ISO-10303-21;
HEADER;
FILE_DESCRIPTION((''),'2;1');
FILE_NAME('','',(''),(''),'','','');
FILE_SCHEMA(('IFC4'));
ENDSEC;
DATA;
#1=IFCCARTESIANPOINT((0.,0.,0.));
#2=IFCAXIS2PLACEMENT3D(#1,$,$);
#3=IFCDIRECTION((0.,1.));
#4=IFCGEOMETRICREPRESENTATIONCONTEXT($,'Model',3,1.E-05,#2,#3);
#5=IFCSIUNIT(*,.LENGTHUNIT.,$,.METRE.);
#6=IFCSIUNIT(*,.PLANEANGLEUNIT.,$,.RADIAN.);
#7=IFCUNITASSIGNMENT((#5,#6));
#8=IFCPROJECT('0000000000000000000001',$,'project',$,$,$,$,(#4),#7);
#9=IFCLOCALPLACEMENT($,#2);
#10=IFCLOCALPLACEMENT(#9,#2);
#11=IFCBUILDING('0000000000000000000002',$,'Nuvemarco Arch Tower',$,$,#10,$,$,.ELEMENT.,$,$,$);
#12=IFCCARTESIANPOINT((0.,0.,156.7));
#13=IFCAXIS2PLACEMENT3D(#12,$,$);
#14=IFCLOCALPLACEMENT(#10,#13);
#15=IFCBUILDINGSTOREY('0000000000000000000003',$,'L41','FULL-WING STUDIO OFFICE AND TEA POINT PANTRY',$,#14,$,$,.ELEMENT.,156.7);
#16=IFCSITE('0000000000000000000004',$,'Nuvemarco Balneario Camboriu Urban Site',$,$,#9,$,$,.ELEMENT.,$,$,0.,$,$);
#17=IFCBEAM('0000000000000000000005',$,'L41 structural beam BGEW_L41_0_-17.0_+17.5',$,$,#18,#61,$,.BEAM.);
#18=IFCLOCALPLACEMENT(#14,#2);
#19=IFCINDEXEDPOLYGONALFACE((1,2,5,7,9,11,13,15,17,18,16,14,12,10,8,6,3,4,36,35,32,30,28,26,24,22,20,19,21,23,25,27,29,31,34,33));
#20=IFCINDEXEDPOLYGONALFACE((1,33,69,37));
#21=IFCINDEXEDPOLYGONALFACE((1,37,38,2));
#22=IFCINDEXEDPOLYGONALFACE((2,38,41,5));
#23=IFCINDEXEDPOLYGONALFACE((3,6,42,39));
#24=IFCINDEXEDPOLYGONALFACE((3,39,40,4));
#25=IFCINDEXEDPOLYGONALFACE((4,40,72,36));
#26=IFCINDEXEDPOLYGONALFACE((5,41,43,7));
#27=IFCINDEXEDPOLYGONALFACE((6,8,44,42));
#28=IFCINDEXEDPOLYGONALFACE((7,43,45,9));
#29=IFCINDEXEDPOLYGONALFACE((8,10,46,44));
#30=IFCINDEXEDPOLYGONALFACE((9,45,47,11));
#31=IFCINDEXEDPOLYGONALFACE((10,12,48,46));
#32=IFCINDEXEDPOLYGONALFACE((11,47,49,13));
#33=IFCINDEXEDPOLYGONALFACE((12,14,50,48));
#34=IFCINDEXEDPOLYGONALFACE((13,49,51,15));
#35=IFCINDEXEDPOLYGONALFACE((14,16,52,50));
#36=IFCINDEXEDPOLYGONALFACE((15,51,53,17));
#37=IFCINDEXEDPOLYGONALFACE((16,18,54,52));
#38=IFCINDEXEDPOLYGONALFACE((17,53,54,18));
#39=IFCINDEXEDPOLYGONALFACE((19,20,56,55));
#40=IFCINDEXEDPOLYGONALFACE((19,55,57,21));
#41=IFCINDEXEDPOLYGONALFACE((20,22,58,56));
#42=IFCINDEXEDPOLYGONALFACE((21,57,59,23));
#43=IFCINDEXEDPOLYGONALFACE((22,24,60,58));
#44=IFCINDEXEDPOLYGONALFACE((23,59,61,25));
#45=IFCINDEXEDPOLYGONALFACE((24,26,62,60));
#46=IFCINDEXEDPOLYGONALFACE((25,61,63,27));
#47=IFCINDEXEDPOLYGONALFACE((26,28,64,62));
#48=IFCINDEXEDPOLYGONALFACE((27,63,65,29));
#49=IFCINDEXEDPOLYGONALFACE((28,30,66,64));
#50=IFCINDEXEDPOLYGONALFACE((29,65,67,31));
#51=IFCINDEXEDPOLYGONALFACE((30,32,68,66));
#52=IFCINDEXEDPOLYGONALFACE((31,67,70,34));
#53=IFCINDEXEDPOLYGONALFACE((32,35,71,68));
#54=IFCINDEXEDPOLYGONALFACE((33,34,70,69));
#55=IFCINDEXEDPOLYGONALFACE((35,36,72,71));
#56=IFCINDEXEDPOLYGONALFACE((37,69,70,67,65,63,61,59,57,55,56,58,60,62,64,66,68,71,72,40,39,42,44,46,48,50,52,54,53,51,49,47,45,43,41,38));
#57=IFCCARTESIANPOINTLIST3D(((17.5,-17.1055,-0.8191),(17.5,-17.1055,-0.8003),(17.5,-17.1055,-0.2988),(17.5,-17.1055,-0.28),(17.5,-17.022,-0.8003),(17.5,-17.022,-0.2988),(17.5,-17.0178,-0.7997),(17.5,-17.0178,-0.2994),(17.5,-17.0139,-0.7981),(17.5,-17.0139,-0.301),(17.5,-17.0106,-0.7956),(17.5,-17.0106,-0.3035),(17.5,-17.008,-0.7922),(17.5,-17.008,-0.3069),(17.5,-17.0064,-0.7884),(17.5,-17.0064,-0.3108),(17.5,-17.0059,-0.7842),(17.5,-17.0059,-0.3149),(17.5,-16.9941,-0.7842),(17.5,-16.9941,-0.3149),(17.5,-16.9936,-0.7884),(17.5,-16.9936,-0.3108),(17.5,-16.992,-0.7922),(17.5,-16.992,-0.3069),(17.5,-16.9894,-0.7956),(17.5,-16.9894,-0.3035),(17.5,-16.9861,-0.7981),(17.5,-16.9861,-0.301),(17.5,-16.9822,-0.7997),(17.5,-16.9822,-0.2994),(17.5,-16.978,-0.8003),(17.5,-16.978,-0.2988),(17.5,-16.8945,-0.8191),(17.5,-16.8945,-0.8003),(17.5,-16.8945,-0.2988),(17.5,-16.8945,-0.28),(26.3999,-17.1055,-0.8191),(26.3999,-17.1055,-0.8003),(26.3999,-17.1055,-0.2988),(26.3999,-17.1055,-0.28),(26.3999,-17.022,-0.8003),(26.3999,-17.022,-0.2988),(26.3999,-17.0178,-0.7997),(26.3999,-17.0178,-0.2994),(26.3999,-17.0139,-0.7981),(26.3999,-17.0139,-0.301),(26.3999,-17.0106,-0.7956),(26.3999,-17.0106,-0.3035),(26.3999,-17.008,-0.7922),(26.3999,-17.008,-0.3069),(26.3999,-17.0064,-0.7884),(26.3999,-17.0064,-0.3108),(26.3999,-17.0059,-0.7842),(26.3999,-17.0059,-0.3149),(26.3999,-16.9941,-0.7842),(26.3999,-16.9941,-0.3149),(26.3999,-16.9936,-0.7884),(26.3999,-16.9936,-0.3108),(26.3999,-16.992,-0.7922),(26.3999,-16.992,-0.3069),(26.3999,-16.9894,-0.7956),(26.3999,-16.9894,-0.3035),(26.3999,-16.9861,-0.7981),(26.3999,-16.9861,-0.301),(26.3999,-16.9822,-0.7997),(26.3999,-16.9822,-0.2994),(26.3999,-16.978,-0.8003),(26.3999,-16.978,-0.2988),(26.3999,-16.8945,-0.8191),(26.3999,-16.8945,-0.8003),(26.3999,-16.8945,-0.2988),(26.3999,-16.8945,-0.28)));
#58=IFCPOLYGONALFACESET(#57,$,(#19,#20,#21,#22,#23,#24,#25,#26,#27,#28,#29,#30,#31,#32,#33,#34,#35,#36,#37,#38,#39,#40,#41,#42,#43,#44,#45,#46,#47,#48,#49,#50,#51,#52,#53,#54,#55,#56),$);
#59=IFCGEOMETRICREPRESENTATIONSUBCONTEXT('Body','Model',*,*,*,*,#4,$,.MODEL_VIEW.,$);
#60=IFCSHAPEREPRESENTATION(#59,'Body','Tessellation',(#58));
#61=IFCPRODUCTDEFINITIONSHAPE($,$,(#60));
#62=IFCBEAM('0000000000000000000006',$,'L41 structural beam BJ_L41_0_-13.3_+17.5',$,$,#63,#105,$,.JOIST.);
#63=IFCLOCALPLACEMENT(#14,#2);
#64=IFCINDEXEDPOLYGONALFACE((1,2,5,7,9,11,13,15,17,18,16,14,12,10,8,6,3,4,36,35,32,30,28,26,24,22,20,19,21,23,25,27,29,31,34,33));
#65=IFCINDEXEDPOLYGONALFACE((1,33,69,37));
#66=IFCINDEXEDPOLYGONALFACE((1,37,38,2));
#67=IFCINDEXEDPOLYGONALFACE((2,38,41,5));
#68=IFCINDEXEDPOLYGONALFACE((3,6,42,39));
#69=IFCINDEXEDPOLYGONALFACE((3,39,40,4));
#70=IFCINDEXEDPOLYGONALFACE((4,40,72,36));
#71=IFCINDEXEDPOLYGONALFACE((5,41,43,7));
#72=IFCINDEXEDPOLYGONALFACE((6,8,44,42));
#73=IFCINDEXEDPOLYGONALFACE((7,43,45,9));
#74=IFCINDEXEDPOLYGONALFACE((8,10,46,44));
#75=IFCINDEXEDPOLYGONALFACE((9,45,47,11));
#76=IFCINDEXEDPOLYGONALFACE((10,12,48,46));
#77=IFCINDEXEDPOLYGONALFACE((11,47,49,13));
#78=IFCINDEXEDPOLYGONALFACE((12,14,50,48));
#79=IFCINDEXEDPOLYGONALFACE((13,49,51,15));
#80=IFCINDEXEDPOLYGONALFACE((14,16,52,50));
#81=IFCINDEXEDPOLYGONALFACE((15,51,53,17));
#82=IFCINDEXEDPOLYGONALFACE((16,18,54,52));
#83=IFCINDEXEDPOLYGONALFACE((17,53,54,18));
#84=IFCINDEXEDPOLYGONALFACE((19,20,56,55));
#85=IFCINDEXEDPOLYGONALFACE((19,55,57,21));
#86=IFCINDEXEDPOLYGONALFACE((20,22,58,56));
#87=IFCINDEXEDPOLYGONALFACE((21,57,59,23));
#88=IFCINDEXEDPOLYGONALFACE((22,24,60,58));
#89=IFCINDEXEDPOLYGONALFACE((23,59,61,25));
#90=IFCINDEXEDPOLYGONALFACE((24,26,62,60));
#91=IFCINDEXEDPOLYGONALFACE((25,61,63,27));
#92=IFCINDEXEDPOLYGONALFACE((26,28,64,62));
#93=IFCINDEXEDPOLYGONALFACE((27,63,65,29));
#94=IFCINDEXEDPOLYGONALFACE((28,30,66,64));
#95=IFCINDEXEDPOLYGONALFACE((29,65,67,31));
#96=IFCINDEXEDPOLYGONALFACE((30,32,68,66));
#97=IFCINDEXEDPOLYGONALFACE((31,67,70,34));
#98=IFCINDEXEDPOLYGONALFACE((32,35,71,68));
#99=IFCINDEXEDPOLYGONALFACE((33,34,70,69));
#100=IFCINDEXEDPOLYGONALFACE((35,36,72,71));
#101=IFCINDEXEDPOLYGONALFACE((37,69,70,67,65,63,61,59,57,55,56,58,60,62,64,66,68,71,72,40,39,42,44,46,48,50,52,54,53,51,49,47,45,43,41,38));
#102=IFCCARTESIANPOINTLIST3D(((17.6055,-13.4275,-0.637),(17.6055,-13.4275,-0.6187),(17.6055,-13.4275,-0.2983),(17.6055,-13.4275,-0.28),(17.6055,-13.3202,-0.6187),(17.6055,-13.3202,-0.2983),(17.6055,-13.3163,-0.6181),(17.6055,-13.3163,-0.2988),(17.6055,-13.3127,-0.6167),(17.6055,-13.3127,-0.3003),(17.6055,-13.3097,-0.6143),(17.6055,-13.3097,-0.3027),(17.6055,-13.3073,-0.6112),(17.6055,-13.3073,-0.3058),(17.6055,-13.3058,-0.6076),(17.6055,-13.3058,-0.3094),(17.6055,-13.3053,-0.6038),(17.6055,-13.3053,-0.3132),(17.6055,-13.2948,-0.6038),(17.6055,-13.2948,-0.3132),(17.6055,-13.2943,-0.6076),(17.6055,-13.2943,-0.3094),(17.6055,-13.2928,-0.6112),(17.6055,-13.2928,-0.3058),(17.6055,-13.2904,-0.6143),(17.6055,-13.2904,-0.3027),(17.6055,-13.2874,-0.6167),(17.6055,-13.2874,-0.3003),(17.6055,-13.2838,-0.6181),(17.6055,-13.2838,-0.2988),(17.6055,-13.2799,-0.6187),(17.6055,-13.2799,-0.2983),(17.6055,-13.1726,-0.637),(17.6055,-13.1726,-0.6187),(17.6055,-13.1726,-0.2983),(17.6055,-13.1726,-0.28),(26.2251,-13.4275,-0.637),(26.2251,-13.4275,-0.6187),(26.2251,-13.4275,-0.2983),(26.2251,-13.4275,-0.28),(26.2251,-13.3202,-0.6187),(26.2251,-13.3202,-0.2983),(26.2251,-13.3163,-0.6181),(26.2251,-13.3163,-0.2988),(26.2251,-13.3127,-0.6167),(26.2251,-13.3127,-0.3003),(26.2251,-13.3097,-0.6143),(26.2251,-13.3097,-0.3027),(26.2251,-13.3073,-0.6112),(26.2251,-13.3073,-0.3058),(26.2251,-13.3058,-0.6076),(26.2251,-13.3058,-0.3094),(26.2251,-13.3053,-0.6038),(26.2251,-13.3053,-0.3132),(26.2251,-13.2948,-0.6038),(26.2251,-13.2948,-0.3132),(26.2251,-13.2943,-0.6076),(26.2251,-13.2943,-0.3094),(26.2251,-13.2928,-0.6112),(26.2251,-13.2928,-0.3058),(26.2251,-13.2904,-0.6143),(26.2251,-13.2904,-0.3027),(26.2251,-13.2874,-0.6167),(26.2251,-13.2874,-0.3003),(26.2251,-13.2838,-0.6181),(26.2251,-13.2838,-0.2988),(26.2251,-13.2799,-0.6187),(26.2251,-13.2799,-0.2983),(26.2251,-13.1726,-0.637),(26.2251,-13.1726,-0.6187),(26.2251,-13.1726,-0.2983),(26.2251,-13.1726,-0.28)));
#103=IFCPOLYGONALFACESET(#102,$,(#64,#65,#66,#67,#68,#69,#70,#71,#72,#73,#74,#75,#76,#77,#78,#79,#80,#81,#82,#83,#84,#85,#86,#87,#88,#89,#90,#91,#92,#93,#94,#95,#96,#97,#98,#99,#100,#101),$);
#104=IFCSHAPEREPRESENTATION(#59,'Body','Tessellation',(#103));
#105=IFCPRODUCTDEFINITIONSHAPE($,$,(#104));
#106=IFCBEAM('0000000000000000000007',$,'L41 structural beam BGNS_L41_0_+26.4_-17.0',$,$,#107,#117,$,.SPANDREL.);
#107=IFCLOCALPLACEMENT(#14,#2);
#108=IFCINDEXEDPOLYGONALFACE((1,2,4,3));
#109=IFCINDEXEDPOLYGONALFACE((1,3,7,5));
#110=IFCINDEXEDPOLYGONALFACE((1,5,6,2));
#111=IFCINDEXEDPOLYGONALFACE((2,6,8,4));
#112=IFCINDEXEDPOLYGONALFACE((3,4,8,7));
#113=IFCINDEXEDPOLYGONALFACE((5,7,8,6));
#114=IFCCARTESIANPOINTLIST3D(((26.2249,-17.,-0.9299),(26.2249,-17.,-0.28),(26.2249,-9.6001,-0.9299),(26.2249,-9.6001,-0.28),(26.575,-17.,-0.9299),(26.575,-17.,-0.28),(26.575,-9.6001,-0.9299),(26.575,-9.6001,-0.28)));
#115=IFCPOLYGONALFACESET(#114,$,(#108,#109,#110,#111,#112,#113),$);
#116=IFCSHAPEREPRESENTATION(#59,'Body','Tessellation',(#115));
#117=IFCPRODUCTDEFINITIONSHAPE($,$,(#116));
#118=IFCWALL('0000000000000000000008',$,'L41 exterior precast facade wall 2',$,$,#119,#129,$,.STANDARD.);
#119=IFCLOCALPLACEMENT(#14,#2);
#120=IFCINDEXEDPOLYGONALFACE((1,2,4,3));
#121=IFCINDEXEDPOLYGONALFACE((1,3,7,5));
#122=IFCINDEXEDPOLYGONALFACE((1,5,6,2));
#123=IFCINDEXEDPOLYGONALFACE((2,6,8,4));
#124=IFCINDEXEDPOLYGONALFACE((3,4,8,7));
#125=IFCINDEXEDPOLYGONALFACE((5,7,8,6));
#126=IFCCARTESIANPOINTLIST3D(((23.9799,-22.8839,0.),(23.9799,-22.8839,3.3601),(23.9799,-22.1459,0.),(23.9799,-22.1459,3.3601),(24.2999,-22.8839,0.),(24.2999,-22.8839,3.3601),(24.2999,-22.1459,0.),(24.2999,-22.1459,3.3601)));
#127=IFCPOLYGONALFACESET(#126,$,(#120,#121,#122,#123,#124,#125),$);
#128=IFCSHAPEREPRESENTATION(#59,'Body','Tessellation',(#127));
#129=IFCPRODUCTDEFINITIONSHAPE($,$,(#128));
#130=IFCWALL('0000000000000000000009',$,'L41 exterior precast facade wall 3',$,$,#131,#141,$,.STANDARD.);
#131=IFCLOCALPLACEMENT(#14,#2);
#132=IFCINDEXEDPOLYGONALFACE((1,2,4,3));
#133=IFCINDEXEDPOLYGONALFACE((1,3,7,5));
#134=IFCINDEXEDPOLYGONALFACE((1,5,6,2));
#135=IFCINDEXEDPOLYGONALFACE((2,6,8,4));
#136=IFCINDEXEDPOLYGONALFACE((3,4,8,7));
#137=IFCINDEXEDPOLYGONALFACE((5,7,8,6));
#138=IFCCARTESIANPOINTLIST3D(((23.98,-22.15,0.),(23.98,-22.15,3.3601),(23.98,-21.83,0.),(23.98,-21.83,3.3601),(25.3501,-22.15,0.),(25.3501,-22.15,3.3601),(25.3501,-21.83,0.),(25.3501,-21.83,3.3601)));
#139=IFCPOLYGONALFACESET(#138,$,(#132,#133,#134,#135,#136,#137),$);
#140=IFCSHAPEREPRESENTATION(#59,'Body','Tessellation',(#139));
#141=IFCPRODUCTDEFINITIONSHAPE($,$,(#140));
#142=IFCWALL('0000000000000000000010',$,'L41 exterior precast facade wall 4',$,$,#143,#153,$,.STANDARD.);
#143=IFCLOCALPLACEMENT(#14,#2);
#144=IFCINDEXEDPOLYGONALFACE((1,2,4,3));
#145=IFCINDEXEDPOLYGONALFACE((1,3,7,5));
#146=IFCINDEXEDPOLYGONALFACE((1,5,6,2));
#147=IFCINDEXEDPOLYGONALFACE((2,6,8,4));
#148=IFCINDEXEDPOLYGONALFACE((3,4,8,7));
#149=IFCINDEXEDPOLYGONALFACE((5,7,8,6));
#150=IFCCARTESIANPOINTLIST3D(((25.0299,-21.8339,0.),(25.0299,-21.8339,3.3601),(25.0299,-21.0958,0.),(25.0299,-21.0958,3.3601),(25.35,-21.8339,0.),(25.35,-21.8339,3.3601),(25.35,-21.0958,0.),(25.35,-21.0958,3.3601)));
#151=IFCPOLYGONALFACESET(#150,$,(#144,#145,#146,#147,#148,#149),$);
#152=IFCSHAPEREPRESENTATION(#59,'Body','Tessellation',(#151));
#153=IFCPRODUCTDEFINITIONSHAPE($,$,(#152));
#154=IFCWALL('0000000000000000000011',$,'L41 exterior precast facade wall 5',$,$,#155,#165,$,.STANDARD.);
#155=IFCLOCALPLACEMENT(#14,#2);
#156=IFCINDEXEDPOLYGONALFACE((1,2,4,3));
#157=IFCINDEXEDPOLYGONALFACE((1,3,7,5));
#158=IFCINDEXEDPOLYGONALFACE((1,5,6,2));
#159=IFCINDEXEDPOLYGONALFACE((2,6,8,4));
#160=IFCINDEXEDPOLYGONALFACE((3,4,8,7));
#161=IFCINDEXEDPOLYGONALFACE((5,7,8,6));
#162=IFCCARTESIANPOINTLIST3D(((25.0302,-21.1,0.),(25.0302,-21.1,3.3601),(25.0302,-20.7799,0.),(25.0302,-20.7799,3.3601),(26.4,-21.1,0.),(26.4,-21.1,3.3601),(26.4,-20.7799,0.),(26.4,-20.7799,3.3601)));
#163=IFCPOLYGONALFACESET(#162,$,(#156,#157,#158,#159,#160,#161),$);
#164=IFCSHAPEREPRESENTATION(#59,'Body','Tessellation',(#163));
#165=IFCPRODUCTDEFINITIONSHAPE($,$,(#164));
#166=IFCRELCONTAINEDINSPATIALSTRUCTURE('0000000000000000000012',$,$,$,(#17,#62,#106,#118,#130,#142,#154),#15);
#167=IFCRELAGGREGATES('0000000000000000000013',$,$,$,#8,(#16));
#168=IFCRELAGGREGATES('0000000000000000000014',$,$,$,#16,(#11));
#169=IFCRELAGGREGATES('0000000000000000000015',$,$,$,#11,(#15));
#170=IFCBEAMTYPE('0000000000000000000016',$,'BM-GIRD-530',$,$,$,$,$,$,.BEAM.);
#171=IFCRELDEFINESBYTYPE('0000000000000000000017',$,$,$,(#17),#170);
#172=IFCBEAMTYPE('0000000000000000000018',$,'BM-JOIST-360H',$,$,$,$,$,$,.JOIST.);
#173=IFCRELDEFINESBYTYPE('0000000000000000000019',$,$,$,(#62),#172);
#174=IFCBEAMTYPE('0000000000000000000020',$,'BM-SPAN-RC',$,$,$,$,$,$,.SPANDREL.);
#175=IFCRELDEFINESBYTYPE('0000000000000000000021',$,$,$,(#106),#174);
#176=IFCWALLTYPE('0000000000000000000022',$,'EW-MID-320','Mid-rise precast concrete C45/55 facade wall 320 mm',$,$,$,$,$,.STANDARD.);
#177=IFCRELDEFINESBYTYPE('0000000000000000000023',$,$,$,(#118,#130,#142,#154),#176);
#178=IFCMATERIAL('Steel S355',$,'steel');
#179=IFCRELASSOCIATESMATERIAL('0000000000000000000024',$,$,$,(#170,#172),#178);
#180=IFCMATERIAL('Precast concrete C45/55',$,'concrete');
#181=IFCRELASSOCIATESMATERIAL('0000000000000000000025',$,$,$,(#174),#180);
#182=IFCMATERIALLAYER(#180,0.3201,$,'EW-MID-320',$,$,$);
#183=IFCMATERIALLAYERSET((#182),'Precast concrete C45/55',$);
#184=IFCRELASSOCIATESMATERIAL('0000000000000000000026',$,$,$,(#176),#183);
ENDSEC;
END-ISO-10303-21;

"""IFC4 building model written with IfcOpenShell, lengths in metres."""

from ifc_helpers import new_model, si_unit, direction, frame, frame_2d, origin, origin_2d, place, context, subcontext, project, spatial, rectangle, i_section, extrude, material, layer, layer_set, material_profile, profile_set, type_object, element, save


model = new_model("IFC4")

# Units and contexts
model_context = context("Model", 3, precision=1e-05, world=origin(), true_north=direction((0.0, 1.0)))
body_context = subcontext(model_context, "Body", "Model", "MODEL_VIEW")
ifc_project = project(units=[si_unit("LENGTHUNIT", "METRE"), si_unit("PLANEANGLEUNIT", "RADIAN")], contexts=[model_context])

# Site, building, storey
site_placement = place(None, origin())
site = spatial("IfcSite", under=ifc_project, at=site_placement, Name="Nuvemarco Balneario Camboriu Urban Site", CompositionType="ELEMENT", RefElevation=0.0)
building_placement = place(site_placement, origin())
building = spatial("IfcBuilding", under=site, at=building_placement, Name="Nuvemarco Arch Tower", CompositionType="ELEMENT")
storey_placement = place(building_placement, frame((0.0, 0.0, 156.7)))
storey = spatial("IfcBuildingStorey", under=building, at=storey_placement, Name="L41", Description="FULL-WING STUDIO OFFICE AND TEA POINT PANTRY", CompositionType="ELEMENT", Elevation=156.7)

# Shared definitions
ifc_material_1 = material(Name="Steel S355", Category="steel")

# Beams
ifc_material_profile_1 = material_profile(ifc_material_1, i_section(OverallWidth=0.2109, OverallDepth=0.5391, WebThickness=0.0117, FlangeThickness=0.0188, FilletRadius=0.0161, at=origin_2d()), Name="W530x109")
ifc_profile_set_1 = profile_set([ifc_material_profile_1], Name="Steel S355")
beam_type_1 = type_object("IfcBeamType", Name="BM-GIRD-530", PredefinedType="BEAM", material=ifc_profile_set_1)
beam_1_placement = place(storey_placement, frame((17.5, -17.0, -0.5496), z_axis=(1.0, 0.0, 0.0), x_axis=(0.0, 1.0, 0.0)))
element("IfcBeam", 1, at=beam_1_placement, inside=storey, type_object=beam_type_1, Name="L41 structural beam BGEW_L41_0_-17.0_+17.5", PredefinedType="BEAM", context=body_context, shape_type="SweptSolid", body=[
    extrude(i_section(OverallWidth=0.2109, OverallDepth=0.5391, WebThickness=0.0117, FlangeThickness=0.0188, FilletRadius=0.0161, at=origin_2d()), origin(), (0.0, 0.0, 1.0), 8.8999),
])
ifc_material_profile_2 = material_profile(ifc_material_1, i_section(OverallWidth=0.2549, OverallDepth=0.3569, WebThickness=0.0105, FlangeThickness=0.0183, FilletRadius=0.0149, at=origin_2d()), Name="W360x101")
ifc_profile_set_2 = profile_set([ifc_material_profile_2], Name="Steel S355")
beam_type_2 = type_object("IfcBeamType", Name="BM-JOIST-360H", PredefinedType="JOIST", material=ifc_profile_set_2)
beam_2_placement = place(storey_placement, frame((17.6055, -13.3, -0.4585), z_axis=(1.0, 0.0, 0.0), x_axis=(0.0, 1.0, 0.0)))
element("IfcBeam", 2, at=beam_2_placement, inside=storey, type_object=beam_type_2, Name="L41 structural beam BJ_L41_0_-13.3_+17.5", PredefinedType="JOIST", context=body_context, shape_type="SweptSolid", body=[
    extrude(i_section(OverallWidth=0.2549, OverallDepth=0.3569, WebThickness=0.0105, FlangeThickness=0.0183, FilletRadius=0.0149, at=origin_2d()), origin(), (0.0, 0.0, 1.0), 8.6196),
])
ifc_material_2 = material(Name="Precast concrete C45/55", Category="concrete")
ifc_material_profile_3 = material_profile(ifc_material_2, rectangle(XDim=0.3501, YDim=0.6499, at=origin_2d()), Name="PC-SP-350x650")
ifc_profile_set_3 = profile_set([ifc_material_profile_3], Name="Precast concrete C45/55")
beam_type_3 = type_object("IfcBeamType", Name="BM-SPAN-RC", PredefinedType="SPANDREL", material=ifc_profile_set_3)
beam_3_placement = place(storey_placement, frame((26.3999, -17.0, -0.605), z_axis=(0.0, 1.0, 0.0), x_axis=(-1.0, 0.0, 0.0)))
element("IfcBeam", 3, at=beam_3_placement, inside=storey, type_object=beam_type_3, Name="L41 structural beam BGNS_L41_0_+26.4_-17.0", PredefinedType="SPANDREL", context=body_context, shape_type="SweptSolid", body=[
    extrude(rectangle(XDim=0.3501, YDim=0.6499, at=origin_2d()), origin(), (0.0, 0.0, 1.0), 7.3999),
])

# Walls
ifc_layer_1 = layer(ifc_material_2, 0.3201, Name="EW-MID-320")
ifc_layer_set_1 = layer_set([ifc_layer_1], Name="Precast concrete C45/55")
wall_type_1 = type_object("IfcWallType", Name="EW-MID-320", Description="Mid-rise precast concrete C45/55 facade wall 320 mm", PredefinedType="STANDARD", material=ifc_layer_set_1)
wall_1_placement = place(storey_placement, frame((24.1399, -22.884, 0.0), z_axis=(0.0, 0.0, 1.0), x_axis=(0.0, 1.0, 0.0)))
element("IfcWall", 4, at=wall_1_placement, inside=storey, type_object=wall_type_1, Name="L41 exterior precast facade wall 2", PredefinedType="STANDARD", context=body_context, shape_type="SweptSolid", body=[
    extrude(rectangle(XDim=0.738, YDim=0.3201, at=frame_2d((0.3691, 0.0))), origin(), (0.0, 0.0, 1.0), 3.3601),
])
wall_2_placement = place(storey_placement, frame((23.98, -21.99, 0.0), z_axis=(0.0, 0.0, 1.0), x_axis=(1.0, 0.0, 0.0)))
element("IfcWall", 5, at=wall_2_placement, inside=storey, type_object=wall_type_1, Name="L41 exterior precast facade wall 3", PredefinedType="STANDARD", context=body_context, shape_type="SweptSolid", body=[
    extrude(rectangle(XDim=1.3701, YDim=0.3201, at=frame_2d((0.6851, 0.0))), origin(), (0.0, 0.0, 1.0), 3.3601),
])
wall_3_placement = place(storey_placement, frame((25.1899, -21.834, 0.0), z_axis=(0.0, 0.0, 1.0), x_axis=(0.0, 1.0, 0.0)))
element("IfcWall", 6, at=wall_3_placement, inside=storey, type_object=wall_type_1, Name="L41 exterior precast facade wall 4", PredefinedType="STANDARD", context=body_context, shape_type="SweptSolid", body=[
    extrude(rectangle(XDim=0.738, YDim=0.3201, at=frame_2d((0.3691, 0.0))), origin(), (0.0, 0.0, 1.0), 3.3601),
])
wall_4_placement = place(storey_placement, frame((25.03, -20.9399, 0.0), z_axis=(0.0, 0.0, 1.0), x_axis=(1.0, 0.0, 0.0)))
element("IfcWall", 7, at=wall_4_placement, inside=storey, type_object=wall_type_1, Name="L41 exterior precast facade wall 5", PredefinedType="STANDARD", context=body_context, shape_type="SweptSolid", body=[
    extrude(rectangle(XDim=1.3699, YDim=0.3201, at=frame_2d((0.6851, 0.0))), origin(), (0.0, 0.0, 1.0), 3.3601),
])

save(model, "model.ifc")
